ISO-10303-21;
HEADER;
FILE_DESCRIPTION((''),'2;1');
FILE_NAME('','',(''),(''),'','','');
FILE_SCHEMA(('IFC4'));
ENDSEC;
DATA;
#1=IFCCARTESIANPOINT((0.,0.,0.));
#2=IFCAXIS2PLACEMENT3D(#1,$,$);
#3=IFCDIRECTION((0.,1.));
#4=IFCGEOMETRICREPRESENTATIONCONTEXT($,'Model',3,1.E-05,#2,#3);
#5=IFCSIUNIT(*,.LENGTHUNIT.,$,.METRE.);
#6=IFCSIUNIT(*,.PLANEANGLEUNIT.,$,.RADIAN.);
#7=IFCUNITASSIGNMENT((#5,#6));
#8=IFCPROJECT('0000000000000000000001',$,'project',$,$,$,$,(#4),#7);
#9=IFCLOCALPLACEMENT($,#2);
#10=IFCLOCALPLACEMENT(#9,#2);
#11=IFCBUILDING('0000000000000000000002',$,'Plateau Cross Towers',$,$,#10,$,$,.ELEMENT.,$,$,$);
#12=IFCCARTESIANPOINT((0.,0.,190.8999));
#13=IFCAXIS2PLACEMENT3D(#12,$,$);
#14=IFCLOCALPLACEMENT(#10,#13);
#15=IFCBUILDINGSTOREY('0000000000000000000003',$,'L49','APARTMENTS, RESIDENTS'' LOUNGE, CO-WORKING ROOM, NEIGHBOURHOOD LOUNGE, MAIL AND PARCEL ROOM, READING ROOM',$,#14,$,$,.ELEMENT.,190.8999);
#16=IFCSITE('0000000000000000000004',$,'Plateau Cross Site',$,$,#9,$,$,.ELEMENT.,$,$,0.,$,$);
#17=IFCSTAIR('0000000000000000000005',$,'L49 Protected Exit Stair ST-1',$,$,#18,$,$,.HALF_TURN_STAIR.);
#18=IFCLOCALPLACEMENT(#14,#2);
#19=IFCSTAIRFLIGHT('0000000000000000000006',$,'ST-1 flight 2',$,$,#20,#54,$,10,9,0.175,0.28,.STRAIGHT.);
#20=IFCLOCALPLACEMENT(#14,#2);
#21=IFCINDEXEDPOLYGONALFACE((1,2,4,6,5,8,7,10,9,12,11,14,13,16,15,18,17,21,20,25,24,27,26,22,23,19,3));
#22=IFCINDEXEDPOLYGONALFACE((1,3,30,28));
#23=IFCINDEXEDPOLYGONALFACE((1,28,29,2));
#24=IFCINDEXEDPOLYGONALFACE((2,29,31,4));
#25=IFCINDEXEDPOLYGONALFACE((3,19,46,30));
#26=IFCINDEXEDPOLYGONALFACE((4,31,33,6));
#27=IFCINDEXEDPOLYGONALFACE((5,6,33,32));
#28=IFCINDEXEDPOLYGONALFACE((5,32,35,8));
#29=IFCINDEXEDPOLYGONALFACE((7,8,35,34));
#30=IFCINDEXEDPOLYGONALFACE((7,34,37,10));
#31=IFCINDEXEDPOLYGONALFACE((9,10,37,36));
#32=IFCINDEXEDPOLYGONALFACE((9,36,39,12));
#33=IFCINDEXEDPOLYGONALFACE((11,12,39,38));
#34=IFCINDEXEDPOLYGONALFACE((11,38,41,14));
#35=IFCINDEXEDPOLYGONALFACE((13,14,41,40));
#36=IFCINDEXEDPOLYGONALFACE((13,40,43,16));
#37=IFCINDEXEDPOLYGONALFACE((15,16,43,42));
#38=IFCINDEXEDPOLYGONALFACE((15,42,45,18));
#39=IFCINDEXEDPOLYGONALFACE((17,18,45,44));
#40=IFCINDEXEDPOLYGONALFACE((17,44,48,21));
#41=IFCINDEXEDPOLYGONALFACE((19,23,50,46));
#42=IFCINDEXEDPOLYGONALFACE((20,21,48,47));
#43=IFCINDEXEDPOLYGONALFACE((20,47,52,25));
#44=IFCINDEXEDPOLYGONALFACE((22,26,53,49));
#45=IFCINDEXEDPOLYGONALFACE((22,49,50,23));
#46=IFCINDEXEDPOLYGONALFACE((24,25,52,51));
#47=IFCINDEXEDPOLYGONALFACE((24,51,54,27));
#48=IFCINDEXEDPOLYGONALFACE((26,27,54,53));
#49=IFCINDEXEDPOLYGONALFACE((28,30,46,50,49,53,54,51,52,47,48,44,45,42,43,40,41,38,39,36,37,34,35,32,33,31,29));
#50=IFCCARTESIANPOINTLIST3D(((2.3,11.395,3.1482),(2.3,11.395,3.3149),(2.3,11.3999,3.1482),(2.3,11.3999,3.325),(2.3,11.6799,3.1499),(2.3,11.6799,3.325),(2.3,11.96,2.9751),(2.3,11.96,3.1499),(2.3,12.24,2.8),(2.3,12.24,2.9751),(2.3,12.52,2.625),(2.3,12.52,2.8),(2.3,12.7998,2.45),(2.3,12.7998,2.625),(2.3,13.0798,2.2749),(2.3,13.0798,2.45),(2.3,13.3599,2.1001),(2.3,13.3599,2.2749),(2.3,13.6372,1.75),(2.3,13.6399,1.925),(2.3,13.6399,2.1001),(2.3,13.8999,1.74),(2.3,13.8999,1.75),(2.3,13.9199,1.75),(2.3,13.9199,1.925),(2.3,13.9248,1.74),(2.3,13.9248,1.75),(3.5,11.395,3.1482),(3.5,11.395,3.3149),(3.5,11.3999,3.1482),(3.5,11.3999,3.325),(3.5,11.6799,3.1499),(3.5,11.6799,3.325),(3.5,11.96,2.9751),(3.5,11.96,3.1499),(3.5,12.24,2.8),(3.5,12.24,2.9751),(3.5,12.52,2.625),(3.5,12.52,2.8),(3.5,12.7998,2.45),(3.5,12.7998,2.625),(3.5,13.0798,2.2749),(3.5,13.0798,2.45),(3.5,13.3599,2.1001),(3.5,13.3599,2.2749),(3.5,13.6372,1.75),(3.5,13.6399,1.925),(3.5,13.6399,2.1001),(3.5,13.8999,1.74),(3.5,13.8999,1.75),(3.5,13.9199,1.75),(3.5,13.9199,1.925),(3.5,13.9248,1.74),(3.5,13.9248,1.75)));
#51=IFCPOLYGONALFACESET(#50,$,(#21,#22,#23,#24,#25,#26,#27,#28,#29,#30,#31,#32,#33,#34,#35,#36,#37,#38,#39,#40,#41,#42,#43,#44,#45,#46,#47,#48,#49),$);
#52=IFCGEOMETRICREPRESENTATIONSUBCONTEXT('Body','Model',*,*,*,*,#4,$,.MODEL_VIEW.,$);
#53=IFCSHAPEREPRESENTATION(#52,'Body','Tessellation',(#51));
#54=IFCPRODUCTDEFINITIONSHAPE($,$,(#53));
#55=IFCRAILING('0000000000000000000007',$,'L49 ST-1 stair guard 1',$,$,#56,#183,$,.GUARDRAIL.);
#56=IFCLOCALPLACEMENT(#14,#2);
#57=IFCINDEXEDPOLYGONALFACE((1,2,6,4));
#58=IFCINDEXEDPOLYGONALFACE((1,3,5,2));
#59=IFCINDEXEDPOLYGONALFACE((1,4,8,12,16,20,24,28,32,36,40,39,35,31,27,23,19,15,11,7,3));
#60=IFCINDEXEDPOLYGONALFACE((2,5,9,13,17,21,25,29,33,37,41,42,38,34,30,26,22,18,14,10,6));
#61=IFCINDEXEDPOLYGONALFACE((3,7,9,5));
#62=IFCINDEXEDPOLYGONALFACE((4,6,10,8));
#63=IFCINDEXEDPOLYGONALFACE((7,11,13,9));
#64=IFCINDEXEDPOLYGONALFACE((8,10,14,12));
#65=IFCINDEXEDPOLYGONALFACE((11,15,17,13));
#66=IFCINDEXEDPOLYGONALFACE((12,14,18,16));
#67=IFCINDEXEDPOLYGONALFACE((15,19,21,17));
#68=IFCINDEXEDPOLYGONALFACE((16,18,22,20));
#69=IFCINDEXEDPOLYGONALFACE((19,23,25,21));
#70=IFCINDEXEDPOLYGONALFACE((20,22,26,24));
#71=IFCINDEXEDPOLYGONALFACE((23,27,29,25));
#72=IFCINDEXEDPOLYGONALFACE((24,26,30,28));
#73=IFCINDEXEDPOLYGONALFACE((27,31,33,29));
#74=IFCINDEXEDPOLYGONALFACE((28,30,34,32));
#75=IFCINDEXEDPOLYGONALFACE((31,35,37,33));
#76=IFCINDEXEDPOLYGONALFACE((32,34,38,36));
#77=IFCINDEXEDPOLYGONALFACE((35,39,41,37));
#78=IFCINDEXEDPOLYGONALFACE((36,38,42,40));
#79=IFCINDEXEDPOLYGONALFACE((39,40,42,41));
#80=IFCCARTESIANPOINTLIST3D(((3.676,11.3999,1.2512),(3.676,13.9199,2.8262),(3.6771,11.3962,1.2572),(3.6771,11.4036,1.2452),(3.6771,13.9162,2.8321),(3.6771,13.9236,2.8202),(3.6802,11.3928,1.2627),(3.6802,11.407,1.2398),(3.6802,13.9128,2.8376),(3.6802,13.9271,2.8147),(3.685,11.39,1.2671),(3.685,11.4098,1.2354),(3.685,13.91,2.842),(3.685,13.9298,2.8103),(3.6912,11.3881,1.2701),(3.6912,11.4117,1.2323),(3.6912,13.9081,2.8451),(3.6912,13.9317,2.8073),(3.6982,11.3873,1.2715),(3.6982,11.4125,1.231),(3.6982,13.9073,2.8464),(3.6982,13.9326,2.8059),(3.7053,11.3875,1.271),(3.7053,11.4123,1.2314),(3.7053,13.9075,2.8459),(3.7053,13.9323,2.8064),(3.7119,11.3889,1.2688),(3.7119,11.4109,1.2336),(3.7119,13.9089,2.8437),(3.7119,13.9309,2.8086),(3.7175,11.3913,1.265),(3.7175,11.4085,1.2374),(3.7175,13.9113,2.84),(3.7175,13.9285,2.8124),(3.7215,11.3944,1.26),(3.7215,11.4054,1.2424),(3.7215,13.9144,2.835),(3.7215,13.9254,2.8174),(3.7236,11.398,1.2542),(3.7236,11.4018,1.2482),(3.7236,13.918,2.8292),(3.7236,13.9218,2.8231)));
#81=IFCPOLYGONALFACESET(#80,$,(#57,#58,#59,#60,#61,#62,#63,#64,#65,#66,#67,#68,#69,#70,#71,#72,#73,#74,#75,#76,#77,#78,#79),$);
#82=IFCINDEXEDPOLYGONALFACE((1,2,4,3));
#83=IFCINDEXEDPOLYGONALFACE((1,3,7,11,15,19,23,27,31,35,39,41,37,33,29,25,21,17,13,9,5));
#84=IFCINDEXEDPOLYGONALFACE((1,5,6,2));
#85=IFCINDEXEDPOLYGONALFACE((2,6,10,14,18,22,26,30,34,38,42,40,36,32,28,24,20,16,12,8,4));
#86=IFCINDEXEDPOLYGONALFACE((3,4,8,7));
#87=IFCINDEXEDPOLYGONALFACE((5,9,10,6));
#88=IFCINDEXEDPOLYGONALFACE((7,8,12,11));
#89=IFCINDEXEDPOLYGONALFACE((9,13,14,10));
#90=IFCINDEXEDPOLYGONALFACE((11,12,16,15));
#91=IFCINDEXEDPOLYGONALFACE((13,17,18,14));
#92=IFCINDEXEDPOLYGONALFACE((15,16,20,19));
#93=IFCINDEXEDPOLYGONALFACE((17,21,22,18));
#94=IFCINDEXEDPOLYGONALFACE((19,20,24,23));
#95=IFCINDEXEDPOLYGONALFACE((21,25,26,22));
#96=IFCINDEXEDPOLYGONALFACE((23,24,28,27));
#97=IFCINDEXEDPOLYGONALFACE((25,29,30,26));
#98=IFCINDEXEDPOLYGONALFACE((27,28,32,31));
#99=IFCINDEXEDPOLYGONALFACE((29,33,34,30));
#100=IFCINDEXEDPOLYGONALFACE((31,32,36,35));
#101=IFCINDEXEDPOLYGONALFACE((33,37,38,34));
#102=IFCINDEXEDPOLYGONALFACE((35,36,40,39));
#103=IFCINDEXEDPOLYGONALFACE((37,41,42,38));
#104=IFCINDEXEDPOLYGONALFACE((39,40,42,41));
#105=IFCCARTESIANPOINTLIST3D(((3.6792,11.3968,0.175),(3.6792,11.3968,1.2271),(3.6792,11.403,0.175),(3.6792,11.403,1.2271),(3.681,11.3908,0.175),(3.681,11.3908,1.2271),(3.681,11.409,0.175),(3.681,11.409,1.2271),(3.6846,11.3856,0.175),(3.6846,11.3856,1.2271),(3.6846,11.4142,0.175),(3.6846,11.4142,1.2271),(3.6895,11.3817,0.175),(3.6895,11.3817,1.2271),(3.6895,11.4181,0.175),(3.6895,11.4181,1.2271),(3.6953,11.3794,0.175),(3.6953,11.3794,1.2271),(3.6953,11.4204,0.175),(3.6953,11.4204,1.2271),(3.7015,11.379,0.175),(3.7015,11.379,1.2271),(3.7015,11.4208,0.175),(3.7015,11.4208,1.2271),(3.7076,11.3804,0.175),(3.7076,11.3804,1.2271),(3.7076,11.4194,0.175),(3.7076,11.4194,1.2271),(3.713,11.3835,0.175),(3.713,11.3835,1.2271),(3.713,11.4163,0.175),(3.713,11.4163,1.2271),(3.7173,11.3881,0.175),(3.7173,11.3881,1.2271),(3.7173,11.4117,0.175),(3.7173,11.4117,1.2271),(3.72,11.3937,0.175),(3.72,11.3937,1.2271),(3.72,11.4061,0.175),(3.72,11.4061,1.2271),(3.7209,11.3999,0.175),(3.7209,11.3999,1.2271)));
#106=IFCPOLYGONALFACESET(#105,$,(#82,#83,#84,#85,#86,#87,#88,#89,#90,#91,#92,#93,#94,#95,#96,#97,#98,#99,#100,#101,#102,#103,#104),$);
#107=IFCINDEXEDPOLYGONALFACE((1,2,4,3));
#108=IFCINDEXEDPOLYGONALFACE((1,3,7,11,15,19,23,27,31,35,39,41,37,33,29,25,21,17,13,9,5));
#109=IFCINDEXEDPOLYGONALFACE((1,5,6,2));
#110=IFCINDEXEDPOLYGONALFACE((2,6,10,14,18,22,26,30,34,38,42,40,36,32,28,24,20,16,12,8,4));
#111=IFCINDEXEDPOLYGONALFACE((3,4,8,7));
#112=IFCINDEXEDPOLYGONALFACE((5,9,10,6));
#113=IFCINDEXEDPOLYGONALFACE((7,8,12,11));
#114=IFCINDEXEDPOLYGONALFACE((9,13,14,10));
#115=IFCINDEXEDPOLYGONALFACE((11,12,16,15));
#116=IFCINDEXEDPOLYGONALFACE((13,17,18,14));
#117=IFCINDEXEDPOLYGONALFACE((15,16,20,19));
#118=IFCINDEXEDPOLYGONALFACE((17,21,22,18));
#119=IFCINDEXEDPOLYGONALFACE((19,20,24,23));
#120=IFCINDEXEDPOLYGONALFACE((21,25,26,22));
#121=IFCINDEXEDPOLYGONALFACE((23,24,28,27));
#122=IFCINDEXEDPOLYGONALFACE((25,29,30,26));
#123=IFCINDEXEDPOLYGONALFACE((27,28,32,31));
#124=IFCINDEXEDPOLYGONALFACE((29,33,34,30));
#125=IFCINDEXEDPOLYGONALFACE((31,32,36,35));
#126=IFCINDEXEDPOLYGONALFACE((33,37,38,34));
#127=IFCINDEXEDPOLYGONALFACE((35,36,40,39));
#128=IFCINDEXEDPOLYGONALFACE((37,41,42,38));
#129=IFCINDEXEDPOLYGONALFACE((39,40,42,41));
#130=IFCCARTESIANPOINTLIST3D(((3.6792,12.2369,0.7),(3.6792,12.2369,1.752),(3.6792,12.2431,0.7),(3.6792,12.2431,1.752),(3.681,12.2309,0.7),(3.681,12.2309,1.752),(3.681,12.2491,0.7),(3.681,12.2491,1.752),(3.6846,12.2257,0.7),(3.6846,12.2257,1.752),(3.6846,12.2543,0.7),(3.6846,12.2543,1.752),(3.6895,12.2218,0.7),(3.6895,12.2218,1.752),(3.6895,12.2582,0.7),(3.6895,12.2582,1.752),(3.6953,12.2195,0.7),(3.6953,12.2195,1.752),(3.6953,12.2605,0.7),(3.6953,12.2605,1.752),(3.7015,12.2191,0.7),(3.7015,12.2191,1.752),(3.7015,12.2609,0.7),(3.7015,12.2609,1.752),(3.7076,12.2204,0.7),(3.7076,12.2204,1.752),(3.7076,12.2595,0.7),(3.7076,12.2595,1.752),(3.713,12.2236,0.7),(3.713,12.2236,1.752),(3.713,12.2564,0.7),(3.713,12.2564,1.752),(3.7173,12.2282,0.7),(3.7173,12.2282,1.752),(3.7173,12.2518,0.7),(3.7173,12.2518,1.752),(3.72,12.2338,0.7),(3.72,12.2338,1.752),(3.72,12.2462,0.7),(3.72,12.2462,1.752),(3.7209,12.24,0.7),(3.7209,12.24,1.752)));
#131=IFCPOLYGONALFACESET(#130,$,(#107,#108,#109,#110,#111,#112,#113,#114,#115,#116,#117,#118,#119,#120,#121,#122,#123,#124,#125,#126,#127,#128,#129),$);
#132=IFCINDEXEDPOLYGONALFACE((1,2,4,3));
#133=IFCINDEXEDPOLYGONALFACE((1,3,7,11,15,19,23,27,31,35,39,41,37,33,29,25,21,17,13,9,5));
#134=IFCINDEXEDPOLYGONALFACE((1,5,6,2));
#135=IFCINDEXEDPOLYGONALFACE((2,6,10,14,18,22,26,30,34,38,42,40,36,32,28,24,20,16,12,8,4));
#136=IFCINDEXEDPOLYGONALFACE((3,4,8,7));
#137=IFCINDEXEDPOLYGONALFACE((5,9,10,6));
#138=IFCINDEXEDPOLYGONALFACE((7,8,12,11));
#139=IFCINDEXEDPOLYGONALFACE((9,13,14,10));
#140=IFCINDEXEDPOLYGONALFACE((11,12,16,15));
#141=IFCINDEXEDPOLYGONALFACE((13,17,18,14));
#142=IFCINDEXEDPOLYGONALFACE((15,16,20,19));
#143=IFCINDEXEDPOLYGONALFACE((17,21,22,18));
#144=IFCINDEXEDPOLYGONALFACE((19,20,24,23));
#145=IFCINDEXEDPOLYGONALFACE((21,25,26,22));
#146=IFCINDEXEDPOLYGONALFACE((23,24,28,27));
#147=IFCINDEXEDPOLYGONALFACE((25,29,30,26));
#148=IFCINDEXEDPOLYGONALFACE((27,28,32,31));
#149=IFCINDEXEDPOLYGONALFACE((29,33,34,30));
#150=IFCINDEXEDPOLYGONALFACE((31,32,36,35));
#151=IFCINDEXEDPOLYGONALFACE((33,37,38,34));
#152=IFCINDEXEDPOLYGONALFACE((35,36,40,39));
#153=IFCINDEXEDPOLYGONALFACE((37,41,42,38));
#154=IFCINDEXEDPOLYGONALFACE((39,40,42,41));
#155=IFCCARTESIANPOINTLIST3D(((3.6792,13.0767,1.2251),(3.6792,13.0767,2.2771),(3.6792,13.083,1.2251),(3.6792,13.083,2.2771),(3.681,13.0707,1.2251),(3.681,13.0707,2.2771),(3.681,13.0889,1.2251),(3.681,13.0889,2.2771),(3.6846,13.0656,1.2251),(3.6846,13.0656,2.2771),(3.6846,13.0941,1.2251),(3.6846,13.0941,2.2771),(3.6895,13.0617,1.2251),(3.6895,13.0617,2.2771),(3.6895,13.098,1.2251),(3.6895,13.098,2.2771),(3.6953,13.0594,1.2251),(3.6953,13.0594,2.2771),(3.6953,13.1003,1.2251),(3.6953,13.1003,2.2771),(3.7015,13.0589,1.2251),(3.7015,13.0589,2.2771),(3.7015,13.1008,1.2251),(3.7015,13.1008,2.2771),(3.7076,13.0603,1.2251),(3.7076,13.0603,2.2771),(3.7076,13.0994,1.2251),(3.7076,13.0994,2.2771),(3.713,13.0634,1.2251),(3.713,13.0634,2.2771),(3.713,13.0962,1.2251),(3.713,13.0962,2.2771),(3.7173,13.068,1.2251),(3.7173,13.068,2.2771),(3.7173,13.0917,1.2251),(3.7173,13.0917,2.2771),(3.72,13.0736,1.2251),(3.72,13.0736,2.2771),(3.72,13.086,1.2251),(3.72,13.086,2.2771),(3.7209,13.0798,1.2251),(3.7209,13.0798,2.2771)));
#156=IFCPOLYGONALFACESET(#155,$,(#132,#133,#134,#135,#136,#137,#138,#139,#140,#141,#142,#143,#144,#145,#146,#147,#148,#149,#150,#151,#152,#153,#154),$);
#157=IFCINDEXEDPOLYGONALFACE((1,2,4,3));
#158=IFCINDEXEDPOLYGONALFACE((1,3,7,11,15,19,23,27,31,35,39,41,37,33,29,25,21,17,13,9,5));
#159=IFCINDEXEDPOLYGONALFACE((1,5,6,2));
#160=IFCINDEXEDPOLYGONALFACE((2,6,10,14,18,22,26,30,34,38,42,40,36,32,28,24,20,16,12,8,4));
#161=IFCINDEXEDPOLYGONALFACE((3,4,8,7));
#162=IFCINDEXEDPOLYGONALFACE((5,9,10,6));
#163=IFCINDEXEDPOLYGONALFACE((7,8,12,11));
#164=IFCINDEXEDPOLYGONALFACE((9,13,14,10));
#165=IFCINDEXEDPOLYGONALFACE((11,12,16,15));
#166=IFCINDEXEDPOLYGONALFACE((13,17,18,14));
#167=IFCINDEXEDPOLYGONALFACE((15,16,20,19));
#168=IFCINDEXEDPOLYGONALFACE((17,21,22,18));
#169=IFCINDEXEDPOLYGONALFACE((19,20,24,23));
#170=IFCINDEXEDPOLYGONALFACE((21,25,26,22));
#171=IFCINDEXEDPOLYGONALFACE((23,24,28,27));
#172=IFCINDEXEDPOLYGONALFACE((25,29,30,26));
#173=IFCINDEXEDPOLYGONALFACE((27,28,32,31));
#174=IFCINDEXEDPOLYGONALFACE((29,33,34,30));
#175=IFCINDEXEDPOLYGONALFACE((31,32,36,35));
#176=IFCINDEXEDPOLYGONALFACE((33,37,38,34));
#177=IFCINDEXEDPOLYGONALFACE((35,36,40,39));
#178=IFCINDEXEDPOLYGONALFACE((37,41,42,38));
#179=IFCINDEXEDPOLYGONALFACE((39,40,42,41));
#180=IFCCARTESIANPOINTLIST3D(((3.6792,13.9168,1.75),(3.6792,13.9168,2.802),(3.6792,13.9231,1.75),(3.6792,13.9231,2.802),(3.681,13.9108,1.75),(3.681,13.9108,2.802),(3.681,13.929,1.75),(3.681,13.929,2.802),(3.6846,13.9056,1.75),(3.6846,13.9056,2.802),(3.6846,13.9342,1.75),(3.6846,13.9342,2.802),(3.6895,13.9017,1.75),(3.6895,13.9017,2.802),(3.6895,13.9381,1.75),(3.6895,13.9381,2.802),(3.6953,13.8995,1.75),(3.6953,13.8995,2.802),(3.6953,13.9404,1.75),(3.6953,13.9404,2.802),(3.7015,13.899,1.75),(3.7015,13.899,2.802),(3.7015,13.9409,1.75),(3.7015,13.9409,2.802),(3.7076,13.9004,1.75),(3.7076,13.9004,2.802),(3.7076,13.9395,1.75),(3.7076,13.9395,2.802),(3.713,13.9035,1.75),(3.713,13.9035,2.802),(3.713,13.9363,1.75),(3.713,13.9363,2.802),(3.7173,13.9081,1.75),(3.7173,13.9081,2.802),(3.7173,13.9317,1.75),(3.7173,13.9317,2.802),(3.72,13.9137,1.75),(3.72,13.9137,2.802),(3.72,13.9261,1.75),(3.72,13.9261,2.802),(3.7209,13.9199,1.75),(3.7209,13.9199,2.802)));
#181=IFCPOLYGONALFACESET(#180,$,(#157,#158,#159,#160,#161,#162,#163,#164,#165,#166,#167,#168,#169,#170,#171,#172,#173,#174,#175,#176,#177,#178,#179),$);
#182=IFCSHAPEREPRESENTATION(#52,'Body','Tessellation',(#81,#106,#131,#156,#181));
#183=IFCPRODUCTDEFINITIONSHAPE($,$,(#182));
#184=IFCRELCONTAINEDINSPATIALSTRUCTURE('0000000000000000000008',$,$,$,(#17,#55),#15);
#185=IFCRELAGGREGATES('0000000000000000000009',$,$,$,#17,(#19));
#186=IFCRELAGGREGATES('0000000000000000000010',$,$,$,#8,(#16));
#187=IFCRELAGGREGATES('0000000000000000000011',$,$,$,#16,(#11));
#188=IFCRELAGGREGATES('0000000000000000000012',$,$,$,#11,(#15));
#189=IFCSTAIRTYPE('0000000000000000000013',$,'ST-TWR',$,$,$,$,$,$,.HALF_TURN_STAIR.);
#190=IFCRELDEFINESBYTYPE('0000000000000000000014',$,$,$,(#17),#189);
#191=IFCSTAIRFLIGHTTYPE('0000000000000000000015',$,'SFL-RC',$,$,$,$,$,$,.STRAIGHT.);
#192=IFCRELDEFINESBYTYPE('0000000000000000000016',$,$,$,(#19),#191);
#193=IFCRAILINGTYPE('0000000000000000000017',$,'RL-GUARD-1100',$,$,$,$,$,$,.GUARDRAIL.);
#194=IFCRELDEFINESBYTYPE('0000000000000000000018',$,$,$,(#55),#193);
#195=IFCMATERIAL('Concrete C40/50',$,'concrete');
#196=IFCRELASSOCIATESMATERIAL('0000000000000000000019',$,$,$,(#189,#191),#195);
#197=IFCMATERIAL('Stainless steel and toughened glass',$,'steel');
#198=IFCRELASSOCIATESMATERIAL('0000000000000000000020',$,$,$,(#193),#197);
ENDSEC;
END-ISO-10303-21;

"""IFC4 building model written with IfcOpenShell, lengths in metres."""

from ifc_helpers import new_model, si_unit, direction, frame, origin, origin_2d, place, context, subcontext, project, spatial, polyline, circle, outline, extrude, material, type_object, element, aggregate, save


model = new_model("IFC4")

# Units and contexts
model_context = context("Model", 3, precision=1e-05, world=origin(), true_north=direction((0.0, 1.0)))
body_context = subcontext(model_context, "Body", "Model", "MODEL_VIEW")
ifc_project = project(units=[si_unit("LENGTHUNIT", "METRE"), si_unit("PLANEANGLEUNIT", "RADIAN")], contexts=[model_context])

# Site, building, storey
site_placement = place(None, origin())
site = spatial("IfcSite", under=ifc_project, at=site_placement, Name="Plateau Cross Site", CompositionType="ELEMENT", RefElevation=0.0)
building_placement = place(site_placement, origin())
building = spatial("IfcBuilding", under=site, at=building_placement, Name="Plateau Cross Towers", CompositionType="ELEMENT")
storey_placement = place(building_placement, frame((0.0, 0.0, 190.8999)))
storey = spatial("IfcBuildingStorey", under=building, at=storey_placement, Name="L49", Description="APARTMENTS, RESIDENTS' LOUNGE, CO-WORKING ROOM, NEIGHBOURHOOD LOUNGE, MAIL AND PARCEL ROOM, READING ROOM", CompositionType="ELEMENT", Elevation=190.8999)

# Stair, stair flight
ifc_material_1 = material(Name="Concrete C40/50", Category="concrete")
stair_type = type_object("IfcStairType", Name="ST-TWR", PredefinedType="HALF_TURN_STAIR", material=ifc_material_1)
stair_placement = place(storey_placement, origin())
stair = element("IfcStair", 1, at=stair_placement, inside=storey, type_object=stair_type, Name="L49 Protected Exit Stair ST-1", PredefinedType="HALF_TURN_STAIR")
stair_flight_type = type_object("IfcStairFlightType", Name="SFL-RC", PredefinedType="STRAIGHT", material=ifc_material_1)
stair_flight_1_placement = place(storey_placement, frame((2.8999, 13.9199, 1.75), z_axis=(0.0, 0.0, 1.0), x_axis=(0.0, -1.0, 0.0)))
stair_flight_1 = element("IfcStairFlight", 2, at=stair_flight_1_placement, type_object=stair_flight_type, Name="ST-1 flight 2", NumberOfRisers=10, NumberOfTreads=9, PredefinedType="STRAIGHT", RiserHeight=0.175, TreadLength=0.28, context=body_context, shape_type="SweptSolid", body=[
    extrude(outline(polyline([(-0.0049, -0.01), (-0.0049, 0.0), (0.0, 0.0), (0.0, 0.175), (0.28, 0.175), (0.28, 0.3501), (0.5601, 0.3501), (0.5601, 0.5249), (0.8401, 0.5249), (0.8401, 0.7), (1.1201, 0.7), (1.1201, 0.875), (1.3999, 0.875), (1.3999, 1.05), (1.6799, 1.05), (1.6799, 1.2251), (1.96, 1.2251), (1.96, 1.3999), (2.24, 1.3999), (2.24, 1.575), (2.52, 1.575), (2.5249, 1.5649), (2.5249, 1.3982), (2.52, 1.3982), (0.2827, 0.0), (0.02, 0.0), (0.02, -0.01), (-0.0049, -0.01)])), frame((0.0, 0.6001, 0.0), z_axis=(0.0, -1.0, 0.0), x_axis=(1.0, 0.0, 0.0)), (0.0, 0.0, 1.0), 1.2),
])
aggregate(stair, [stair_flight_1])

# Railing
ifc_material_2 = material(Name="Stainless steel and toughened glass", Category="steel")
railing_type_1 = type_object("IfcRailingType", Name="RL-GUARD-1100", PredefinedType="GUARDRAIL", material=ifc_material_2)
railing_1_placement = place(storey_placement, frame((3.7, 11.3999, 0.175)))
element("IfcRailing", 3, at=railing_1_placement, inside=storey, type_object=railing_type_1, Name="L49 ST-1 stair guard 1", PredefinedType="GUARDRAIL", context=body_context, shape_type="SweptSolid", body=[
    extrude(circle(Radius=0.0239, at=origin_2d()), frame((0.0, 0.0, 1.0762), z_axis=(0.0, 0.848008, 0.529984), x_axis=(-1.0, 0.0, 0.0)), (0.0, 0.0, 1.0), 2.9717),
    extrude(circle(Radius=0.021, at=origin_2d()), origin(), (0.0, 0.0, 1.0), 1.052),
    extrude(circle(Radius=0.021, at=origin_2d()), frame((0.0, 0.8401, 0.5249)), (0.0, 0.0, 1.0), 1.052),
    extrude(circle(Radius=0.021, at=origin_2d()), frame((0.0, 1.6799, 1.05)), (0.0, 0.0, 1.0), 1.052),
    extrude(circle(Radius=0.021, at=origin_2d()), frame((0.0, 2.52, 1.575)), (0.0, 0.0, 1.0), 1.052),
])

save(model, "model.ifc")
